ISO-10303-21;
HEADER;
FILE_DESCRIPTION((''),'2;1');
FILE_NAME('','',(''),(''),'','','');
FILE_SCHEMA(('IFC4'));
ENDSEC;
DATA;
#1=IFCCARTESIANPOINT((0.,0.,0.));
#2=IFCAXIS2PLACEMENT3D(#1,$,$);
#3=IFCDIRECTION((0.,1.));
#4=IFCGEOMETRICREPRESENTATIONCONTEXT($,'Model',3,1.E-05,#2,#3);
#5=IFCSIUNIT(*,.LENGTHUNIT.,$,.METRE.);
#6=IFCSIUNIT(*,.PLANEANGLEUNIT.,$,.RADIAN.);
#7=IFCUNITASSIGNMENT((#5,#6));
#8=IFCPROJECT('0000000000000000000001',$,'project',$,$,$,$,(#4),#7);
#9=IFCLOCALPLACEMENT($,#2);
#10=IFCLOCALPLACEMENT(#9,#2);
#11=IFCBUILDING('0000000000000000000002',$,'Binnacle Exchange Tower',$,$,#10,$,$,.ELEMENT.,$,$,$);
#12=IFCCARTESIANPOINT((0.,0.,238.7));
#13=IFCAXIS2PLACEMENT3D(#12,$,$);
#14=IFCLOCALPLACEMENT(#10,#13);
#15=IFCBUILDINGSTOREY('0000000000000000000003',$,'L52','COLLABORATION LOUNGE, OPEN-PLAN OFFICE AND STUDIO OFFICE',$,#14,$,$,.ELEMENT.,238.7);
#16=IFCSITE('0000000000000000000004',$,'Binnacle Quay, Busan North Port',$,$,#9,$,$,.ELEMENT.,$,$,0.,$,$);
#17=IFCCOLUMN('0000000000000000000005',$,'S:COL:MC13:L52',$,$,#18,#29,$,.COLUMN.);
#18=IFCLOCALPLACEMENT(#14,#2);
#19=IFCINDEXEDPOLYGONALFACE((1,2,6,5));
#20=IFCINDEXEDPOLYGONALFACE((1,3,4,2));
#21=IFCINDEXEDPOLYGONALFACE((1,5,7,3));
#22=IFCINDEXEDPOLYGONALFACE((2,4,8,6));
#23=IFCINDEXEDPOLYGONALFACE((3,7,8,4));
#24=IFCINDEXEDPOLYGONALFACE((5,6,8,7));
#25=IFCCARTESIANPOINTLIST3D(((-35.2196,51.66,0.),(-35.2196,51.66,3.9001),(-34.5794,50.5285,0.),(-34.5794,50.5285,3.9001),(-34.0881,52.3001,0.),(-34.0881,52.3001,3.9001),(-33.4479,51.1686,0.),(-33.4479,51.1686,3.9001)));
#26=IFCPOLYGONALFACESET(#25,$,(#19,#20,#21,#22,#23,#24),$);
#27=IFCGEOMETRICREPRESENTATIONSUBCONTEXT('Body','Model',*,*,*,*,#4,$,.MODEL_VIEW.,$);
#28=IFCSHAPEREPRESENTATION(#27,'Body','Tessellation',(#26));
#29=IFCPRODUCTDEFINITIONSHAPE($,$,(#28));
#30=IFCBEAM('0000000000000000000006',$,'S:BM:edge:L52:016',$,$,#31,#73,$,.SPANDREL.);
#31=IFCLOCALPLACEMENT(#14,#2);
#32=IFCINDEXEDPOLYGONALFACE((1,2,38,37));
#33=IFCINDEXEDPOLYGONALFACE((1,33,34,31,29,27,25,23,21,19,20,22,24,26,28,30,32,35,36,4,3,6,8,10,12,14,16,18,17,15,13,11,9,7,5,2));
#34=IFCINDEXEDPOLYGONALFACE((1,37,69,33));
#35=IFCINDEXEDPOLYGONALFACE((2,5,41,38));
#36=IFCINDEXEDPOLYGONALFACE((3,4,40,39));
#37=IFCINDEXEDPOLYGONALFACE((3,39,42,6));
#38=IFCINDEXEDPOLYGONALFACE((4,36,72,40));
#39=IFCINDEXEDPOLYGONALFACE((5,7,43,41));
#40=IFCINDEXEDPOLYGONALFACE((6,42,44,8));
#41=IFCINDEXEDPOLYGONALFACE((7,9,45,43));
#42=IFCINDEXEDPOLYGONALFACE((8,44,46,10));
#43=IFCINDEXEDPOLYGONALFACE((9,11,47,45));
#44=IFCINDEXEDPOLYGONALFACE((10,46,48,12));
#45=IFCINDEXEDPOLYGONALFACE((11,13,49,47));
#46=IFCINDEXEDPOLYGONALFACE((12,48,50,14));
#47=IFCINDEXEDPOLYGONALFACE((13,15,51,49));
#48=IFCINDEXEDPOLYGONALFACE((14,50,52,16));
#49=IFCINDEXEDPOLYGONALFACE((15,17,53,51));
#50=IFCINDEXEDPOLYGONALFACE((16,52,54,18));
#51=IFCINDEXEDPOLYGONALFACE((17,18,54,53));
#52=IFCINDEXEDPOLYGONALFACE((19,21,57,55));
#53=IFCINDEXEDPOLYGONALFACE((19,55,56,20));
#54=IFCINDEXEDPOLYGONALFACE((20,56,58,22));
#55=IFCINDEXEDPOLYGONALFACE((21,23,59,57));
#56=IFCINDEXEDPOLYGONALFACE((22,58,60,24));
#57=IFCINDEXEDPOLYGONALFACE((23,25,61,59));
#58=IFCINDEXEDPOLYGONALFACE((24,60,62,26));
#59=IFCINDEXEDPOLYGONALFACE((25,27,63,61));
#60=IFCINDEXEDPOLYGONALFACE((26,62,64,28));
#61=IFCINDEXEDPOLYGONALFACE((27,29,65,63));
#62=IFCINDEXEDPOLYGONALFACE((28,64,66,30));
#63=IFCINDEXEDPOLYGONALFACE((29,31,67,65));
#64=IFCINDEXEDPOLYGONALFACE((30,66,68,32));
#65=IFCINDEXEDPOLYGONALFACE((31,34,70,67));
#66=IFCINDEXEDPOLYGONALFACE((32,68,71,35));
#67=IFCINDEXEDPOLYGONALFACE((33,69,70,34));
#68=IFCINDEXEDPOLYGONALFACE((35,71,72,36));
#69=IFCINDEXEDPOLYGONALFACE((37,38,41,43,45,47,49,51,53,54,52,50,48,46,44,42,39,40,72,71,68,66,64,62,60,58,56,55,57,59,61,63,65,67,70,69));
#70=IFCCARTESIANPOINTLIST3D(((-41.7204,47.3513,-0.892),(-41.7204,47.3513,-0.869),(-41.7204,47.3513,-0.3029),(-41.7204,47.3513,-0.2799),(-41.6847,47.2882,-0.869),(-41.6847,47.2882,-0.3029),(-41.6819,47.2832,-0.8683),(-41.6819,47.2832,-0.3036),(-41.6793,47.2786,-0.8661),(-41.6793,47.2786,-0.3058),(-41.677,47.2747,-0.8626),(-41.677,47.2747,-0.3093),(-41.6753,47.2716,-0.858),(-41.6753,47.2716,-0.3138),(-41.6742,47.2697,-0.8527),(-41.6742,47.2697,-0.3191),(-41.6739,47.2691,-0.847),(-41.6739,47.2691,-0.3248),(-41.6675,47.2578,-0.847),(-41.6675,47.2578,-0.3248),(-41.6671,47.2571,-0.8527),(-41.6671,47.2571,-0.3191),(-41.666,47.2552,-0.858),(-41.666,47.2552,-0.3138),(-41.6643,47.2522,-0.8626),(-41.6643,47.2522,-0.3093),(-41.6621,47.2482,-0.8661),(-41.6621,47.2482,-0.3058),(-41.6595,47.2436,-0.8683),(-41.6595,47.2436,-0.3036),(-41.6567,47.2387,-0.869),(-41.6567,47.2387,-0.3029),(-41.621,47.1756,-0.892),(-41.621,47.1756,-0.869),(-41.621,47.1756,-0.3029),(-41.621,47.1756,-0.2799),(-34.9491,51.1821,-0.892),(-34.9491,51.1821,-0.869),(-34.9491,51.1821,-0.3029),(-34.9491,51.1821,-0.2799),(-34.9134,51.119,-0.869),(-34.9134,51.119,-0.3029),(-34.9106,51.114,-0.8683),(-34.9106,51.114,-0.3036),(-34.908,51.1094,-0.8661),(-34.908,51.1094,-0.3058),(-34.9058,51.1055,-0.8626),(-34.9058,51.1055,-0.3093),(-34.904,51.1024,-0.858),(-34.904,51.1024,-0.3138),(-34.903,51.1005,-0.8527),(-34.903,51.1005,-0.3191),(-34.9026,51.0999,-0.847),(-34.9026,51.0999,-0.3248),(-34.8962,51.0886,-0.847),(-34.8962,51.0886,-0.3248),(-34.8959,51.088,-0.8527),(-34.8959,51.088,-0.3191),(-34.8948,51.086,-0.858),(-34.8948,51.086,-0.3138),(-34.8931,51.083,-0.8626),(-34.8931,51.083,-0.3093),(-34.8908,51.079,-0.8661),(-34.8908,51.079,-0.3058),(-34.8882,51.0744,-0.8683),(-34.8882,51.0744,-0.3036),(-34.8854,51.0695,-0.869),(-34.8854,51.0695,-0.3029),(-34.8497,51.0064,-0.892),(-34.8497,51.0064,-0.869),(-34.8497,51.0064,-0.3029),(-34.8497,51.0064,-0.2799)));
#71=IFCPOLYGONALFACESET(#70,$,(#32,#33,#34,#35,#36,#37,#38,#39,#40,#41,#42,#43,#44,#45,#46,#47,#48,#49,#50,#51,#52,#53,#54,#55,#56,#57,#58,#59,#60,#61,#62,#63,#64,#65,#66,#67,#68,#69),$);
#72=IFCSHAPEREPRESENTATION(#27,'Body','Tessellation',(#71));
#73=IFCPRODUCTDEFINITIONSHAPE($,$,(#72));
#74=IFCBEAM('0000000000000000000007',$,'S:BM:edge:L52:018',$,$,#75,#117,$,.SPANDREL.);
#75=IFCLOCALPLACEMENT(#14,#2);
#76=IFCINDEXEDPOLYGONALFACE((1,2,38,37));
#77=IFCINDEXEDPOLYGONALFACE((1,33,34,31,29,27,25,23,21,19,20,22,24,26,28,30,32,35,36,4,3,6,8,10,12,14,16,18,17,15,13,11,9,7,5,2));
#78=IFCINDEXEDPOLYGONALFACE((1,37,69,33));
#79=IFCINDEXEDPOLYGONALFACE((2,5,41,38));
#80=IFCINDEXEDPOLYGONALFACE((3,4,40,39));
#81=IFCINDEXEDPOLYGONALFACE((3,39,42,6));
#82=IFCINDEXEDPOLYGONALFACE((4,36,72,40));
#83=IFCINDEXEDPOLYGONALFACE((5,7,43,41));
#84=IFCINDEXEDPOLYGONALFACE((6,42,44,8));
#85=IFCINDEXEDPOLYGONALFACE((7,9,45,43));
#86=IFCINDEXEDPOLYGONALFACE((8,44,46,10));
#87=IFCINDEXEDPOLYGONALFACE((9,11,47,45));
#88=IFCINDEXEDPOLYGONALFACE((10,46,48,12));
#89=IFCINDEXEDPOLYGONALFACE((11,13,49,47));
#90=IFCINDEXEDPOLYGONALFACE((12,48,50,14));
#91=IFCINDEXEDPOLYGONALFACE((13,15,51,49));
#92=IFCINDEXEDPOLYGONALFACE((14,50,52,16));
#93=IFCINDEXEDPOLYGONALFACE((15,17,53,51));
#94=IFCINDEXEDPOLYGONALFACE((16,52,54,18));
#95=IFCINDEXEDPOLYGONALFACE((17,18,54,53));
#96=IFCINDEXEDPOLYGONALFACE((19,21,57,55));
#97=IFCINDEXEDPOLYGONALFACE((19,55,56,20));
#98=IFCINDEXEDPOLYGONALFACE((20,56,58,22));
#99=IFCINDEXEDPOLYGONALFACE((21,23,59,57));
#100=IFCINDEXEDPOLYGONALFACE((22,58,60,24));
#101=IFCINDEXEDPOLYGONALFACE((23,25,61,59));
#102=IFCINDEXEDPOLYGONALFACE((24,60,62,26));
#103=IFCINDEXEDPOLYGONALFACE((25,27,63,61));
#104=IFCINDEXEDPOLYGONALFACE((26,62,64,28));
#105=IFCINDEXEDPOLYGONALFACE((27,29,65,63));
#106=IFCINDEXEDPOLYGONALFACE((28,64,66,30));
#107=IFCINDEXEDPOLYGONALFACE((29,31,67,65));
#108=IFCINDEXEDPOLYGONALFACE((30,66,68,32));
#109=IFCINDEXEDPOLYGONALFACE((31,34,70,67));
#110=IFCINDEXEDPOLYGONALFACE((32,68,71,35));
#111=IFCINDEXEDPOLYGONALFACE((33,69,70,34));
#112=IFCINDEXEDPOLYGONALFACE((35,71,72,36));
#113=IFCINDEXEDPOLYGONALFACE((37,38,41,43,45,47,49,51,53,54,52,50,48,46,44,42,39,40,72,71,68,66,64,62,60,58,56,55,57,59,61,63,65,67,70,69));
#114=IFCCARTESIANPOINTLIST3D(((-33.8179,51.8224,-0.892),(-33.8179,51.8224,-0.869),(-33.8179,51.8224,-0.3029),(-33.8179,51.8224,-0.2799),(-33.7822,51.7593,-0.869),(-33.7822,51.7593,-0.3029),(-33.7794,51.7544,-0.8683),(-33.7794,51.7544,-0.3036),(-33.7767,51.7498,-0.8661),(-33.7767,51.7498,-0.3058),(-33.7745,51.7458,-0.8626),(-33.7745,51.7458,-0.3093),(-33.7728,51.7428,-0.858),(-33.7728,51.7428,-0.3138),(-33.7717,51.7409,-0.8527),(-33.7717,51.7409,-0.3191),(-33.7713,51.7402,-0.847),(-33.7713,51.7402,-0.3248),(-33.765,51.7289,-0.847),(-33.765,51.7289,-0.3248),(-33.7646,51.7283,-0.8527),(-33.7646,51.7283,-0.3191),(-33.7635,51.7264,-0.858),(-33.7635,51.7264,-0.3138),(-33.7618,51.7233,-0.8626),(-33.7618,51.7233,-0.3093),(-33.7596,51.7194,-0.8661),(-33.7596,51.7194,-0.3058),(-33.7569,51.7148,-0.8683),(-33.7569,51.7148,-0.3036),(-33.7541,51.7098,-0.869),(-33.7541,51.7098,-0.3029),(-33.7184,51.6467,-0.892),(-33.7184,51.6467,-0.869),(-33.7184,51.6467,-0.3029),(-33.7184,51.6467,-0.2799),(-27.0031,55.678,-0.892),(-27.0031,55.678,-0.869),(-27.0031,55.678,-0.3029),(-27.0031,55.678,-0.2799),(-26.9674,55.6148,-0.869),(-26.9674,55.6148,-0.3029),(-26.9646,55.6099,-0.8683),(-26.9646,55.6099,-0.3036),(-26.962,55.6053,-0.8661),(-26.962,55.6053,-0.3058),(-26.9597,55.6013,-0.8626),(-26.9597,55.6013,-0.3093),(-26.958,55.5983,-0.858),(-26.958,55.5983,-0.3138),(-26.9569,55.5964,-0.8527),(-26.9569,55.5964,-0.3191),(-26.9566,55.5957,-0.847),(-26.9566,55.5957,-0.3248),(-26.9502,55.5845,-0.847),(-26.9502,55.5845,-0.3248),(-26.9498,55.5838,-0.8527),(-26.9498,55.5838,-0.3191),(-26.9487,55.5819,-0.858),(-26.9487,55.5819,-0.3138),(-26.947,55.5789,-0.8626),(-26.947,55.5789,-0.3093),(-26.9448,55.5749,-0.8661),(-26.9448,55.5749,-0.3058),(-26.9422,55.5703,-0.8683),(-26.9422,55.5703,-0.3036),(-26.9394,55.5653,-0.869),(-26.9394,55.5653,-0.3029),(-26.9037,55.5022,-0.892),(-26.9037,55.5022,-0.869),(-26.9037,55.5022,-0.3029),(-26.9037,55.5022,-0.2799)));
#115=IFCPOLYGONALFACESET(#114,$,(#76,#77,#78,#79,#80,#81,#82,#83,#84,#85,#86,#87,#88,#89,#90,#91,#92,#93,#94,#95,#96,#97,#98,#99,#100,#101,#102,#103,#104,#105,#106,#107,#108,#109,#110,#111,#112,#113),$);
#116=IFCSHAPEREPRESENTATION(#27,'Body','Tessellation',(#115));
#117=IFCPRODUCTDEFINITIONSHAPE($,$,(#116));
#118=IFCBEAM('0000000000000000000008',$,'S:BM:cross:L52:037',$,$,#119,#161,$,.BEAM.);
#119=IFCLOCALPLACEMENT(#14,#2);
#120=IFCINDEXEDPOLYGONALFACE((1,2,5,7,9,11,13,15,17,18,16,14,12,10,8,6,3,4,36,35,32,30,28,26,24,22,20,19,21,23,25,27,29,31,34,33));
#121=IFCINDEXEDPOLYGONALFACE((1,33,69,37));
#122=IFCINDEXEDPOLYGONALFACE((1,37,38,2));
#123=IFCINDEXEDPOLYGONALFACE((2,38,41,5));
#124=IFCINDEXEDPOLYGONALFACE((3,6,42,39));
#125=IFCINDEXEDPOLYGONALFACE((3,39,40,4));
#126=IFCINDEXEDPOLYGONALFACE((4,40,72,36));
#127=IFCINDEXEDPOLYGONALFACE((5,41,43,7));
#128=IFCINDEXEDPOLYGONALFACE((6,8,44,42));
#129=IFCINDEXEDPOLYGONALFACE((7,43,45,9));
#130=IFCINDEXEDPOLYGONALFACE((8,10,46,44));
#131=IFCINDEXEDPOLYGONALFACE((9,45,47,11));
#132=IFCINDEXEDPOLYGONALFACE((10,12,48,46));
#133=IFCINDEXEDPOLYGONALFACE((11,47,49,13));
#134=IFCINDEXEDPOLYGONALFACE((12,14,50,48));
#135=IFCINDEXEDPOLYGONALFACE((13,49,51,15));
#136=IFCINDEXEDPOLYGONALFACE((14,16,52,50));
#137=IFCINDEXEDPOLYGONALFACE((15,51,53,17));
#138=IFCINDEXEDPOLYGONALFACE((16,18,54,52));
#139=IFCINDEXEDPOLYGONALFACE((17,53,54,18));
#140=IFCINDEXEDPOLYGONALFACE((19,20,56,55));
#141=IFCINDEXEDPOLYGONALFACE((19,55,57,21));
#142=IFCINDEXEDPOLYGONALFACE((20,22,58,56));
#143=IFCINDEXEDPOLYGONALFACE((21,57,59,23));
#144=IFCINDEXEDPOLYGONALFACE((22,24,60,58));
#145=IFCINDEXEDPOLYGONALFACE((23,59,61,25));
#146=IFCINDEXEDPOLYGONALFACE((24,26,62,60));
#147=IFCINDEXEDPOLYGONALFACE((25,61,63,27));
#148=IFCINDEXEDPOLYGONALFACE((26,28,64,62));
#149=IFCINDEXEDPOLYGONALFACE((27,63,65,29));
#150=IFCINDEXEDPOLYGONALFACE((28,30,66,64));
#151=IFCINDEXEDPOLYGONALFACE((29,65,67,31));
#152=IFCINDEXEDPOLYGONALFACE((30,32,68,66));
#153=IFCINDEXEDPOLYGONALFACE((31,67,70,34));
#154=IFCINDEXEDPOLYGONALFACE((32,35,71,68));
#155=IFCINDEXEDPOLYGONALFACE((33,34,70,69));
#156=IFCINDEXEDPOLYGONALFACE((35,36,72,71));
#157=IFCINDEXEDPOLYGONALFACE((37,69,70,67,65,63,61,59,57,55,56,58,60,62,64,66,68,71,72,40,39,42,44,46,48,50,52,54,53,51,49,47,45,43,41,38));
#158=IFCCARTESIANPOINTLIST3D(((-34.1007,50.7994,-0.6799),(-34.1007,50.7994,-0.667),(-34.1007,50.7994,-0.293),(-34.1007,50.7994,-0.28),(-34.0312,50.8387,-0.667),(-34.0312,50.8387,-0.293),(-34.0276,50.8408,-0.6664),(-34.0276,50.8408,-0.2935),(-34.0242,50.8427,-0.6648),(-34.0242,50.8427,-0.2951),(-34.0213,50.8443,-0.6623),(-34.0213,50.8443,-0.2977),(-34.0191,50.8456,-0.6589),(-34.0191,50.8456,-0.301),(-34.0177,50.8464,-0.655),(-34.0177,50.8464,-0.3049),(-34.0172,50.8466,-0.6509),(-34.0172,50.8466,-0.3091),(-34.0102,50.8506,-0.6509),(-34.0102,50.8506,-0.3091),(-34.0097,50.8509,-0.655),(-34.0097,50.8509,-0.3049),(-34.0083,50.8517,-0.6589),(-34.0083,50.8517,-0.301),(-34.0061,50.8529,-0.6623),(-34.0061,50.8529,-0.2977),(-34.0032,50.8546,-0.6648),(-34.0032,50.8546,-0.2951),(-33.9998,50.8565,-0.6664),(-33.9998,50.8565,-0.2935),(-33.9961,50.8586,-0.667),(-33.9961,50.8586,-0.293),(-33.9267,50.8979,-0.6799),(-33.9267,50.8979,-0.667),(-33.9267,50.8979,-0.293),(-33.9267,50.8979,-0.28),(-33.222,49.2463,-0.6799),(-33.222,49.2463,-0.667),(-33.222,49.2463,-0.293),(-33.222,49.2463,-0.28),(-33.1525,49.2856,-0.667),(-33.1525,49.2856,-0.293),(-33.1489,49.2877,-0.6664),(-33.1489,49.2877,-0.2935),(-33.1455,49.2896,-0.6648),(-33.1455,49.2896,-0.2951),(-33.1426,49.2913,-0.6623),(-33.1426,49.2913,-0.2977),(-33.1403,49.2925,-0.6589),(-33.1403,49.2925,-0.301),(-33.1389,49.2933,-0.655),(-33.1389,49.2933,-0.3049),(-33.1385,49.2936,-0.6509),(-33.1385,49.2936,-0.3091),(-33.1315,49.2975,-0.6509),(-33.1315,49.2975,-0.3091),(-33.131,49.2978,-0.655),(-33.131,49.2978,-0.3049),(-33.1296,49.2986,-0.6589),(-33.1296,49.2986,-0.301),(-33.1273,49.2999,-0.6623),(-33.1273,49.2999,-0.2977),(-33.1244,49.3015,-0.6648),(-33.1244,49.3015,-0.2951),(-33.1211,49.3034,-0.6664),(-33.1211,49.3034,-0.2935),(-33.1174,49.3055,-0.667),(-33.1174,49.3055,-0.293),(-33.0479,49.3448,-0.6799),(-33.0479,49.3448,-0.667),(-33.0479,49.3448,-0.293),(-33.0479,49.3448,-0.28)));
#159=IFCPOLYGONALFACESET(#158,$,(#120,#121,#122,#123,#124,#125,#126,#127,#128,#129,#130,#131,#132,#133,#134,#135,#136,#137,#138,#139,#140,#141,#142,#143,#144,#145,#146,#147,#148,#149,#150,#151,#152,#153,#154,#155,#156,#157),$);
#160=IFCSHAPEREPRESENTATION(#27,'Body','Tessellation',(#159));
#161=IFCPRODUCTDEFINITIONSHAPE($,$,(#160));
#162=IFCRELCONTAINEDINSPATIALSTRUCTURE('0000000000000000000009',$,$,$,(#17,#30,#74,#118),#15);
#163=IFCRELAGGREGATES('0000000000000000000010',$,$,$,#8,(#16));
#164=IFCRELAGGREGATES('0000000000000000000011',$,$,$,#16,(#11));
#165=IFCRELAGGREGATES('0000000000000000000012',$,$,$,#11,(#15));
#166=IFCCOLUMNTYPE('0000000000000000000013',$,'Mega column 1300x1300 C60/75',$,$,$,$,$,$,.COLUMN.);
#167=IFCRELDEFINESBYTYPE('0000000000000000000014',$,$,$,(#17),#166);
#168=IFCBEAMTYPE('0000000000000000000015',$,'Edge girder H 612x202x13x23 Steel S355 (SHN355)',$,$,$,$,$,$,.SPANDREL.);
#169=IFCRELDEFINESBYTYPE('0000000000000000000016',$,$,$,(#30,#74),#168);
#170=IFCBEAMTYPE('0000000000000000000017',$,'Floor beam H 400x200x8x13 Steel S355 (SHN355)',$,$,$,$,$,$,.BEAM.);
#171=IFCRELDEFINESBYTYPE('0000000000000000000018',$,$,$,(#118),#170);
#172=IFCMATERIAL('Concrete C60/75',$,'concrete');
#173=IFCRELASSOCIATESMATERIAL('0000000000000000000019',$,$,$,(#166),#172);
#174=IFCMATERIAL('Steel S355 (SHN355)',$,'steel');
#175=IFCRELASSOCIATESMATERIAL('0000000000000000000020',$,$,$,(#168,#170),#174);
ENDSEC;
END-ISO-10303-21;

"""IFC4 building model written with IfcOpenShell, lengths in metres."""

from ifc_helpers import new_model, si_unit, direction, frame, origin, origin_2d, place, context, subcontext, project, spatial, rectangle, i_section, extrude, material, material_profile, profile_set, type_object, element, save


model = new_model("IFC4")

# Units and contexts
model_context = context("Model", 3, precision=1e-05, world=origin(), true_north=direction((0.0, 1.0)))
body_context = subcontext(model_context, "Body", "Model", "MODEL_VIEW")
ifc_project = project(units=[si_unit("LENGTHUNIT", "METRE"), si_unit("PLANEANGLEUNIT", "RADIAN")], contexts=[model_context])

# Site, building, storey
site_placement = place(None, origin())
site = spatial("IfcSite", under=ifc_project, at=site_placement, Name="Binnacle Quay, Busan North Port", CompositionType="ELEMENT", RefElevation=0.0)
building_placement = place(site_placement, origin())
building = spatial("IfcBuilding", under=site, at=building_placement, Name="Binnacle Exchange Tower", CompositionType="ELEMENT")
storey_placement = place(building_placement, frame((0.0, 0.0, 238.7)))
storey = spatial("IfcBuildingStorey", under=building, at=storey_placement, Name="L52", Description="COLLABORATION LOUNGE, OPEN-PLAN OFFICE AND STUDIO OFFICE", CompositionType="ELEMENT", Elevation=238.7)

# Column
ifc_material_1 = material(Name="Concrete C60/75", Category="concrete")
ifc_material_profile_1 = material_profile(ifc_material_1, rectangle(XDim=1.3, YDim=1.3, at=origin_2d()), Name="Mega column 1300x1300 C60/75")
ifc_profile_set_1 = profile_set([ifc_material_profile_1], Name="Concrete C60/75")
column_type = type_object("IfcColumnType", Name="Mega column 1300x1300 C60/75", PredefinedType="COLUMN", material=ifc_profile_set_1)
column_placement = place(storey_placement, frame((-34.3337, 51.4143, 0.0), z_axis=(0.0, 0.0, 1.0), x_axis=(-0.870356, -0.492424, 0.0)))
element("IfcColumn", 1, at=column_placement, inside=storey, type_object=column_type, Name="S:COL:MC13:L52", PredefinedType="COLUMN", context=body_context, shape_type="SweptSolid", body=[
    extrude(rectangle(XDim=1.3, YDim=1.3, at=origin_2d()), origin(), (0.0, 0.0, 1.0), 3.9001),
])

# Beams
ifc_material_2 = material(Name="Steel S355 (SHN355)", Category="steel")
ifc_material_profile_2 = material_profile(ifc_material_2, i_section(OverallWidth=0.2019, OverallDepth=0.6121, WebThickness=0.0129, FlangeThickness=0.0229, FilletRadius=0.022, at=origin_2d()), Name="H 612x202x13x23")
ifc_profile_set_2 = profile_set([ifc_material_profile_2], Name="Steel S355 (SHN355)")
beam_type_1 = type_object("IfcBeamType", Name="Edge girder H 612x202x13x23 Steel S355 (SHN355)", PredefinedType="SPANDREL", material=ifc_profile_set_2)
beam_1_placement = place(storey_placement, frame((-34.8994, 51.0942, -0.5859), z_axis=(-0.870365, -0.492407, 0.0), x_axis=(0.492407, -0.870365, 0.0)))
element("IfcBeam", 2, at=beam_1_placement, inside=storey, type_object=beam_type_1, Name="S:BM:edge:L52:016", PredefinedType="SPANDREL", context=body_context, shape_type="SweptSolid", body=[
    extrude(i_section(OverallWidth=0.2019, OverallDepth=0.6121, WebThickness=0.0129, FlangeThickness=0.0229, FilletRadius=0.022, at=origin_2d()), origin(), (0.0, 0.0, 1.0), 7.7798),
])
beam_2_placement = place(storey_placement, frame((-26.9534, 55.5901, -0.5859), z_axis=(-0.870361, -0.492414, 0.0), x_axis=(0.492414, -0.870361, 0.0)))
element("IfcBeam", 3, at=beam_2_placement, inside=storey, type_object=beam_type_1, Name="S:BM:edge:L52:018", PredefinedType="SPANDREL", context=body_context, shape_type="SweptSolid", body=[
    extrude(i_section(OverallWidth=0.2019, OverallDepth=0.6121, WebThickness=0.0129, FlangeThickness=0.0229, FilletRadius=0.022, at=origin_2d()), origin(), (0.0, 0.0, 1.0), 7.8298),
])
ifc_material_profile_3 = material_profile(ifc_material_2, i_section(OverallWidth=0.2, OverallDepth=0.3999, WebThickness=0.0081, FlangeThickness=0.0129, FilletRadius=0.0161, at=origin_2d()), Name="H 400x200x8x13")
ifc_profile_set_3 = profile_set([ifc_material_profile_3], Name="Steel S355 (SHN355)")
beam_type_2 = type_object("IfcBeamType", Name="Floor beam H 400x200x8x13 Steel S355 (SHN355)", PredefinedType="BEAM", material=ifc_profile_set_3)
beam_3_placement = place(storey_placement, frame((-34.0137, 50.8486, -0.48), z_axis=(0.492436, -0.870349, 0.0), x_axis=(0.870349, 0.492436, 0.0)))
element("IfcBeam", 4, at=beam_3_placement, inside=storey, type_object=beam_type_2, Name="S:BM:cross:L52:037", PredefinedType="BEAM", context=body_context, shape_type="SweptSolid", body=[
    extrude(i_section(OverallWidth=0.2, OverallDepth=0.3999, WebThickness=0.0081, FlangeThickness=0.0129, FilletRadius=0.0161, at=origin_2d()), origin(), (0.0, 0.0, 1.0), 1.7844),
])

save(model, "model.ifc")
